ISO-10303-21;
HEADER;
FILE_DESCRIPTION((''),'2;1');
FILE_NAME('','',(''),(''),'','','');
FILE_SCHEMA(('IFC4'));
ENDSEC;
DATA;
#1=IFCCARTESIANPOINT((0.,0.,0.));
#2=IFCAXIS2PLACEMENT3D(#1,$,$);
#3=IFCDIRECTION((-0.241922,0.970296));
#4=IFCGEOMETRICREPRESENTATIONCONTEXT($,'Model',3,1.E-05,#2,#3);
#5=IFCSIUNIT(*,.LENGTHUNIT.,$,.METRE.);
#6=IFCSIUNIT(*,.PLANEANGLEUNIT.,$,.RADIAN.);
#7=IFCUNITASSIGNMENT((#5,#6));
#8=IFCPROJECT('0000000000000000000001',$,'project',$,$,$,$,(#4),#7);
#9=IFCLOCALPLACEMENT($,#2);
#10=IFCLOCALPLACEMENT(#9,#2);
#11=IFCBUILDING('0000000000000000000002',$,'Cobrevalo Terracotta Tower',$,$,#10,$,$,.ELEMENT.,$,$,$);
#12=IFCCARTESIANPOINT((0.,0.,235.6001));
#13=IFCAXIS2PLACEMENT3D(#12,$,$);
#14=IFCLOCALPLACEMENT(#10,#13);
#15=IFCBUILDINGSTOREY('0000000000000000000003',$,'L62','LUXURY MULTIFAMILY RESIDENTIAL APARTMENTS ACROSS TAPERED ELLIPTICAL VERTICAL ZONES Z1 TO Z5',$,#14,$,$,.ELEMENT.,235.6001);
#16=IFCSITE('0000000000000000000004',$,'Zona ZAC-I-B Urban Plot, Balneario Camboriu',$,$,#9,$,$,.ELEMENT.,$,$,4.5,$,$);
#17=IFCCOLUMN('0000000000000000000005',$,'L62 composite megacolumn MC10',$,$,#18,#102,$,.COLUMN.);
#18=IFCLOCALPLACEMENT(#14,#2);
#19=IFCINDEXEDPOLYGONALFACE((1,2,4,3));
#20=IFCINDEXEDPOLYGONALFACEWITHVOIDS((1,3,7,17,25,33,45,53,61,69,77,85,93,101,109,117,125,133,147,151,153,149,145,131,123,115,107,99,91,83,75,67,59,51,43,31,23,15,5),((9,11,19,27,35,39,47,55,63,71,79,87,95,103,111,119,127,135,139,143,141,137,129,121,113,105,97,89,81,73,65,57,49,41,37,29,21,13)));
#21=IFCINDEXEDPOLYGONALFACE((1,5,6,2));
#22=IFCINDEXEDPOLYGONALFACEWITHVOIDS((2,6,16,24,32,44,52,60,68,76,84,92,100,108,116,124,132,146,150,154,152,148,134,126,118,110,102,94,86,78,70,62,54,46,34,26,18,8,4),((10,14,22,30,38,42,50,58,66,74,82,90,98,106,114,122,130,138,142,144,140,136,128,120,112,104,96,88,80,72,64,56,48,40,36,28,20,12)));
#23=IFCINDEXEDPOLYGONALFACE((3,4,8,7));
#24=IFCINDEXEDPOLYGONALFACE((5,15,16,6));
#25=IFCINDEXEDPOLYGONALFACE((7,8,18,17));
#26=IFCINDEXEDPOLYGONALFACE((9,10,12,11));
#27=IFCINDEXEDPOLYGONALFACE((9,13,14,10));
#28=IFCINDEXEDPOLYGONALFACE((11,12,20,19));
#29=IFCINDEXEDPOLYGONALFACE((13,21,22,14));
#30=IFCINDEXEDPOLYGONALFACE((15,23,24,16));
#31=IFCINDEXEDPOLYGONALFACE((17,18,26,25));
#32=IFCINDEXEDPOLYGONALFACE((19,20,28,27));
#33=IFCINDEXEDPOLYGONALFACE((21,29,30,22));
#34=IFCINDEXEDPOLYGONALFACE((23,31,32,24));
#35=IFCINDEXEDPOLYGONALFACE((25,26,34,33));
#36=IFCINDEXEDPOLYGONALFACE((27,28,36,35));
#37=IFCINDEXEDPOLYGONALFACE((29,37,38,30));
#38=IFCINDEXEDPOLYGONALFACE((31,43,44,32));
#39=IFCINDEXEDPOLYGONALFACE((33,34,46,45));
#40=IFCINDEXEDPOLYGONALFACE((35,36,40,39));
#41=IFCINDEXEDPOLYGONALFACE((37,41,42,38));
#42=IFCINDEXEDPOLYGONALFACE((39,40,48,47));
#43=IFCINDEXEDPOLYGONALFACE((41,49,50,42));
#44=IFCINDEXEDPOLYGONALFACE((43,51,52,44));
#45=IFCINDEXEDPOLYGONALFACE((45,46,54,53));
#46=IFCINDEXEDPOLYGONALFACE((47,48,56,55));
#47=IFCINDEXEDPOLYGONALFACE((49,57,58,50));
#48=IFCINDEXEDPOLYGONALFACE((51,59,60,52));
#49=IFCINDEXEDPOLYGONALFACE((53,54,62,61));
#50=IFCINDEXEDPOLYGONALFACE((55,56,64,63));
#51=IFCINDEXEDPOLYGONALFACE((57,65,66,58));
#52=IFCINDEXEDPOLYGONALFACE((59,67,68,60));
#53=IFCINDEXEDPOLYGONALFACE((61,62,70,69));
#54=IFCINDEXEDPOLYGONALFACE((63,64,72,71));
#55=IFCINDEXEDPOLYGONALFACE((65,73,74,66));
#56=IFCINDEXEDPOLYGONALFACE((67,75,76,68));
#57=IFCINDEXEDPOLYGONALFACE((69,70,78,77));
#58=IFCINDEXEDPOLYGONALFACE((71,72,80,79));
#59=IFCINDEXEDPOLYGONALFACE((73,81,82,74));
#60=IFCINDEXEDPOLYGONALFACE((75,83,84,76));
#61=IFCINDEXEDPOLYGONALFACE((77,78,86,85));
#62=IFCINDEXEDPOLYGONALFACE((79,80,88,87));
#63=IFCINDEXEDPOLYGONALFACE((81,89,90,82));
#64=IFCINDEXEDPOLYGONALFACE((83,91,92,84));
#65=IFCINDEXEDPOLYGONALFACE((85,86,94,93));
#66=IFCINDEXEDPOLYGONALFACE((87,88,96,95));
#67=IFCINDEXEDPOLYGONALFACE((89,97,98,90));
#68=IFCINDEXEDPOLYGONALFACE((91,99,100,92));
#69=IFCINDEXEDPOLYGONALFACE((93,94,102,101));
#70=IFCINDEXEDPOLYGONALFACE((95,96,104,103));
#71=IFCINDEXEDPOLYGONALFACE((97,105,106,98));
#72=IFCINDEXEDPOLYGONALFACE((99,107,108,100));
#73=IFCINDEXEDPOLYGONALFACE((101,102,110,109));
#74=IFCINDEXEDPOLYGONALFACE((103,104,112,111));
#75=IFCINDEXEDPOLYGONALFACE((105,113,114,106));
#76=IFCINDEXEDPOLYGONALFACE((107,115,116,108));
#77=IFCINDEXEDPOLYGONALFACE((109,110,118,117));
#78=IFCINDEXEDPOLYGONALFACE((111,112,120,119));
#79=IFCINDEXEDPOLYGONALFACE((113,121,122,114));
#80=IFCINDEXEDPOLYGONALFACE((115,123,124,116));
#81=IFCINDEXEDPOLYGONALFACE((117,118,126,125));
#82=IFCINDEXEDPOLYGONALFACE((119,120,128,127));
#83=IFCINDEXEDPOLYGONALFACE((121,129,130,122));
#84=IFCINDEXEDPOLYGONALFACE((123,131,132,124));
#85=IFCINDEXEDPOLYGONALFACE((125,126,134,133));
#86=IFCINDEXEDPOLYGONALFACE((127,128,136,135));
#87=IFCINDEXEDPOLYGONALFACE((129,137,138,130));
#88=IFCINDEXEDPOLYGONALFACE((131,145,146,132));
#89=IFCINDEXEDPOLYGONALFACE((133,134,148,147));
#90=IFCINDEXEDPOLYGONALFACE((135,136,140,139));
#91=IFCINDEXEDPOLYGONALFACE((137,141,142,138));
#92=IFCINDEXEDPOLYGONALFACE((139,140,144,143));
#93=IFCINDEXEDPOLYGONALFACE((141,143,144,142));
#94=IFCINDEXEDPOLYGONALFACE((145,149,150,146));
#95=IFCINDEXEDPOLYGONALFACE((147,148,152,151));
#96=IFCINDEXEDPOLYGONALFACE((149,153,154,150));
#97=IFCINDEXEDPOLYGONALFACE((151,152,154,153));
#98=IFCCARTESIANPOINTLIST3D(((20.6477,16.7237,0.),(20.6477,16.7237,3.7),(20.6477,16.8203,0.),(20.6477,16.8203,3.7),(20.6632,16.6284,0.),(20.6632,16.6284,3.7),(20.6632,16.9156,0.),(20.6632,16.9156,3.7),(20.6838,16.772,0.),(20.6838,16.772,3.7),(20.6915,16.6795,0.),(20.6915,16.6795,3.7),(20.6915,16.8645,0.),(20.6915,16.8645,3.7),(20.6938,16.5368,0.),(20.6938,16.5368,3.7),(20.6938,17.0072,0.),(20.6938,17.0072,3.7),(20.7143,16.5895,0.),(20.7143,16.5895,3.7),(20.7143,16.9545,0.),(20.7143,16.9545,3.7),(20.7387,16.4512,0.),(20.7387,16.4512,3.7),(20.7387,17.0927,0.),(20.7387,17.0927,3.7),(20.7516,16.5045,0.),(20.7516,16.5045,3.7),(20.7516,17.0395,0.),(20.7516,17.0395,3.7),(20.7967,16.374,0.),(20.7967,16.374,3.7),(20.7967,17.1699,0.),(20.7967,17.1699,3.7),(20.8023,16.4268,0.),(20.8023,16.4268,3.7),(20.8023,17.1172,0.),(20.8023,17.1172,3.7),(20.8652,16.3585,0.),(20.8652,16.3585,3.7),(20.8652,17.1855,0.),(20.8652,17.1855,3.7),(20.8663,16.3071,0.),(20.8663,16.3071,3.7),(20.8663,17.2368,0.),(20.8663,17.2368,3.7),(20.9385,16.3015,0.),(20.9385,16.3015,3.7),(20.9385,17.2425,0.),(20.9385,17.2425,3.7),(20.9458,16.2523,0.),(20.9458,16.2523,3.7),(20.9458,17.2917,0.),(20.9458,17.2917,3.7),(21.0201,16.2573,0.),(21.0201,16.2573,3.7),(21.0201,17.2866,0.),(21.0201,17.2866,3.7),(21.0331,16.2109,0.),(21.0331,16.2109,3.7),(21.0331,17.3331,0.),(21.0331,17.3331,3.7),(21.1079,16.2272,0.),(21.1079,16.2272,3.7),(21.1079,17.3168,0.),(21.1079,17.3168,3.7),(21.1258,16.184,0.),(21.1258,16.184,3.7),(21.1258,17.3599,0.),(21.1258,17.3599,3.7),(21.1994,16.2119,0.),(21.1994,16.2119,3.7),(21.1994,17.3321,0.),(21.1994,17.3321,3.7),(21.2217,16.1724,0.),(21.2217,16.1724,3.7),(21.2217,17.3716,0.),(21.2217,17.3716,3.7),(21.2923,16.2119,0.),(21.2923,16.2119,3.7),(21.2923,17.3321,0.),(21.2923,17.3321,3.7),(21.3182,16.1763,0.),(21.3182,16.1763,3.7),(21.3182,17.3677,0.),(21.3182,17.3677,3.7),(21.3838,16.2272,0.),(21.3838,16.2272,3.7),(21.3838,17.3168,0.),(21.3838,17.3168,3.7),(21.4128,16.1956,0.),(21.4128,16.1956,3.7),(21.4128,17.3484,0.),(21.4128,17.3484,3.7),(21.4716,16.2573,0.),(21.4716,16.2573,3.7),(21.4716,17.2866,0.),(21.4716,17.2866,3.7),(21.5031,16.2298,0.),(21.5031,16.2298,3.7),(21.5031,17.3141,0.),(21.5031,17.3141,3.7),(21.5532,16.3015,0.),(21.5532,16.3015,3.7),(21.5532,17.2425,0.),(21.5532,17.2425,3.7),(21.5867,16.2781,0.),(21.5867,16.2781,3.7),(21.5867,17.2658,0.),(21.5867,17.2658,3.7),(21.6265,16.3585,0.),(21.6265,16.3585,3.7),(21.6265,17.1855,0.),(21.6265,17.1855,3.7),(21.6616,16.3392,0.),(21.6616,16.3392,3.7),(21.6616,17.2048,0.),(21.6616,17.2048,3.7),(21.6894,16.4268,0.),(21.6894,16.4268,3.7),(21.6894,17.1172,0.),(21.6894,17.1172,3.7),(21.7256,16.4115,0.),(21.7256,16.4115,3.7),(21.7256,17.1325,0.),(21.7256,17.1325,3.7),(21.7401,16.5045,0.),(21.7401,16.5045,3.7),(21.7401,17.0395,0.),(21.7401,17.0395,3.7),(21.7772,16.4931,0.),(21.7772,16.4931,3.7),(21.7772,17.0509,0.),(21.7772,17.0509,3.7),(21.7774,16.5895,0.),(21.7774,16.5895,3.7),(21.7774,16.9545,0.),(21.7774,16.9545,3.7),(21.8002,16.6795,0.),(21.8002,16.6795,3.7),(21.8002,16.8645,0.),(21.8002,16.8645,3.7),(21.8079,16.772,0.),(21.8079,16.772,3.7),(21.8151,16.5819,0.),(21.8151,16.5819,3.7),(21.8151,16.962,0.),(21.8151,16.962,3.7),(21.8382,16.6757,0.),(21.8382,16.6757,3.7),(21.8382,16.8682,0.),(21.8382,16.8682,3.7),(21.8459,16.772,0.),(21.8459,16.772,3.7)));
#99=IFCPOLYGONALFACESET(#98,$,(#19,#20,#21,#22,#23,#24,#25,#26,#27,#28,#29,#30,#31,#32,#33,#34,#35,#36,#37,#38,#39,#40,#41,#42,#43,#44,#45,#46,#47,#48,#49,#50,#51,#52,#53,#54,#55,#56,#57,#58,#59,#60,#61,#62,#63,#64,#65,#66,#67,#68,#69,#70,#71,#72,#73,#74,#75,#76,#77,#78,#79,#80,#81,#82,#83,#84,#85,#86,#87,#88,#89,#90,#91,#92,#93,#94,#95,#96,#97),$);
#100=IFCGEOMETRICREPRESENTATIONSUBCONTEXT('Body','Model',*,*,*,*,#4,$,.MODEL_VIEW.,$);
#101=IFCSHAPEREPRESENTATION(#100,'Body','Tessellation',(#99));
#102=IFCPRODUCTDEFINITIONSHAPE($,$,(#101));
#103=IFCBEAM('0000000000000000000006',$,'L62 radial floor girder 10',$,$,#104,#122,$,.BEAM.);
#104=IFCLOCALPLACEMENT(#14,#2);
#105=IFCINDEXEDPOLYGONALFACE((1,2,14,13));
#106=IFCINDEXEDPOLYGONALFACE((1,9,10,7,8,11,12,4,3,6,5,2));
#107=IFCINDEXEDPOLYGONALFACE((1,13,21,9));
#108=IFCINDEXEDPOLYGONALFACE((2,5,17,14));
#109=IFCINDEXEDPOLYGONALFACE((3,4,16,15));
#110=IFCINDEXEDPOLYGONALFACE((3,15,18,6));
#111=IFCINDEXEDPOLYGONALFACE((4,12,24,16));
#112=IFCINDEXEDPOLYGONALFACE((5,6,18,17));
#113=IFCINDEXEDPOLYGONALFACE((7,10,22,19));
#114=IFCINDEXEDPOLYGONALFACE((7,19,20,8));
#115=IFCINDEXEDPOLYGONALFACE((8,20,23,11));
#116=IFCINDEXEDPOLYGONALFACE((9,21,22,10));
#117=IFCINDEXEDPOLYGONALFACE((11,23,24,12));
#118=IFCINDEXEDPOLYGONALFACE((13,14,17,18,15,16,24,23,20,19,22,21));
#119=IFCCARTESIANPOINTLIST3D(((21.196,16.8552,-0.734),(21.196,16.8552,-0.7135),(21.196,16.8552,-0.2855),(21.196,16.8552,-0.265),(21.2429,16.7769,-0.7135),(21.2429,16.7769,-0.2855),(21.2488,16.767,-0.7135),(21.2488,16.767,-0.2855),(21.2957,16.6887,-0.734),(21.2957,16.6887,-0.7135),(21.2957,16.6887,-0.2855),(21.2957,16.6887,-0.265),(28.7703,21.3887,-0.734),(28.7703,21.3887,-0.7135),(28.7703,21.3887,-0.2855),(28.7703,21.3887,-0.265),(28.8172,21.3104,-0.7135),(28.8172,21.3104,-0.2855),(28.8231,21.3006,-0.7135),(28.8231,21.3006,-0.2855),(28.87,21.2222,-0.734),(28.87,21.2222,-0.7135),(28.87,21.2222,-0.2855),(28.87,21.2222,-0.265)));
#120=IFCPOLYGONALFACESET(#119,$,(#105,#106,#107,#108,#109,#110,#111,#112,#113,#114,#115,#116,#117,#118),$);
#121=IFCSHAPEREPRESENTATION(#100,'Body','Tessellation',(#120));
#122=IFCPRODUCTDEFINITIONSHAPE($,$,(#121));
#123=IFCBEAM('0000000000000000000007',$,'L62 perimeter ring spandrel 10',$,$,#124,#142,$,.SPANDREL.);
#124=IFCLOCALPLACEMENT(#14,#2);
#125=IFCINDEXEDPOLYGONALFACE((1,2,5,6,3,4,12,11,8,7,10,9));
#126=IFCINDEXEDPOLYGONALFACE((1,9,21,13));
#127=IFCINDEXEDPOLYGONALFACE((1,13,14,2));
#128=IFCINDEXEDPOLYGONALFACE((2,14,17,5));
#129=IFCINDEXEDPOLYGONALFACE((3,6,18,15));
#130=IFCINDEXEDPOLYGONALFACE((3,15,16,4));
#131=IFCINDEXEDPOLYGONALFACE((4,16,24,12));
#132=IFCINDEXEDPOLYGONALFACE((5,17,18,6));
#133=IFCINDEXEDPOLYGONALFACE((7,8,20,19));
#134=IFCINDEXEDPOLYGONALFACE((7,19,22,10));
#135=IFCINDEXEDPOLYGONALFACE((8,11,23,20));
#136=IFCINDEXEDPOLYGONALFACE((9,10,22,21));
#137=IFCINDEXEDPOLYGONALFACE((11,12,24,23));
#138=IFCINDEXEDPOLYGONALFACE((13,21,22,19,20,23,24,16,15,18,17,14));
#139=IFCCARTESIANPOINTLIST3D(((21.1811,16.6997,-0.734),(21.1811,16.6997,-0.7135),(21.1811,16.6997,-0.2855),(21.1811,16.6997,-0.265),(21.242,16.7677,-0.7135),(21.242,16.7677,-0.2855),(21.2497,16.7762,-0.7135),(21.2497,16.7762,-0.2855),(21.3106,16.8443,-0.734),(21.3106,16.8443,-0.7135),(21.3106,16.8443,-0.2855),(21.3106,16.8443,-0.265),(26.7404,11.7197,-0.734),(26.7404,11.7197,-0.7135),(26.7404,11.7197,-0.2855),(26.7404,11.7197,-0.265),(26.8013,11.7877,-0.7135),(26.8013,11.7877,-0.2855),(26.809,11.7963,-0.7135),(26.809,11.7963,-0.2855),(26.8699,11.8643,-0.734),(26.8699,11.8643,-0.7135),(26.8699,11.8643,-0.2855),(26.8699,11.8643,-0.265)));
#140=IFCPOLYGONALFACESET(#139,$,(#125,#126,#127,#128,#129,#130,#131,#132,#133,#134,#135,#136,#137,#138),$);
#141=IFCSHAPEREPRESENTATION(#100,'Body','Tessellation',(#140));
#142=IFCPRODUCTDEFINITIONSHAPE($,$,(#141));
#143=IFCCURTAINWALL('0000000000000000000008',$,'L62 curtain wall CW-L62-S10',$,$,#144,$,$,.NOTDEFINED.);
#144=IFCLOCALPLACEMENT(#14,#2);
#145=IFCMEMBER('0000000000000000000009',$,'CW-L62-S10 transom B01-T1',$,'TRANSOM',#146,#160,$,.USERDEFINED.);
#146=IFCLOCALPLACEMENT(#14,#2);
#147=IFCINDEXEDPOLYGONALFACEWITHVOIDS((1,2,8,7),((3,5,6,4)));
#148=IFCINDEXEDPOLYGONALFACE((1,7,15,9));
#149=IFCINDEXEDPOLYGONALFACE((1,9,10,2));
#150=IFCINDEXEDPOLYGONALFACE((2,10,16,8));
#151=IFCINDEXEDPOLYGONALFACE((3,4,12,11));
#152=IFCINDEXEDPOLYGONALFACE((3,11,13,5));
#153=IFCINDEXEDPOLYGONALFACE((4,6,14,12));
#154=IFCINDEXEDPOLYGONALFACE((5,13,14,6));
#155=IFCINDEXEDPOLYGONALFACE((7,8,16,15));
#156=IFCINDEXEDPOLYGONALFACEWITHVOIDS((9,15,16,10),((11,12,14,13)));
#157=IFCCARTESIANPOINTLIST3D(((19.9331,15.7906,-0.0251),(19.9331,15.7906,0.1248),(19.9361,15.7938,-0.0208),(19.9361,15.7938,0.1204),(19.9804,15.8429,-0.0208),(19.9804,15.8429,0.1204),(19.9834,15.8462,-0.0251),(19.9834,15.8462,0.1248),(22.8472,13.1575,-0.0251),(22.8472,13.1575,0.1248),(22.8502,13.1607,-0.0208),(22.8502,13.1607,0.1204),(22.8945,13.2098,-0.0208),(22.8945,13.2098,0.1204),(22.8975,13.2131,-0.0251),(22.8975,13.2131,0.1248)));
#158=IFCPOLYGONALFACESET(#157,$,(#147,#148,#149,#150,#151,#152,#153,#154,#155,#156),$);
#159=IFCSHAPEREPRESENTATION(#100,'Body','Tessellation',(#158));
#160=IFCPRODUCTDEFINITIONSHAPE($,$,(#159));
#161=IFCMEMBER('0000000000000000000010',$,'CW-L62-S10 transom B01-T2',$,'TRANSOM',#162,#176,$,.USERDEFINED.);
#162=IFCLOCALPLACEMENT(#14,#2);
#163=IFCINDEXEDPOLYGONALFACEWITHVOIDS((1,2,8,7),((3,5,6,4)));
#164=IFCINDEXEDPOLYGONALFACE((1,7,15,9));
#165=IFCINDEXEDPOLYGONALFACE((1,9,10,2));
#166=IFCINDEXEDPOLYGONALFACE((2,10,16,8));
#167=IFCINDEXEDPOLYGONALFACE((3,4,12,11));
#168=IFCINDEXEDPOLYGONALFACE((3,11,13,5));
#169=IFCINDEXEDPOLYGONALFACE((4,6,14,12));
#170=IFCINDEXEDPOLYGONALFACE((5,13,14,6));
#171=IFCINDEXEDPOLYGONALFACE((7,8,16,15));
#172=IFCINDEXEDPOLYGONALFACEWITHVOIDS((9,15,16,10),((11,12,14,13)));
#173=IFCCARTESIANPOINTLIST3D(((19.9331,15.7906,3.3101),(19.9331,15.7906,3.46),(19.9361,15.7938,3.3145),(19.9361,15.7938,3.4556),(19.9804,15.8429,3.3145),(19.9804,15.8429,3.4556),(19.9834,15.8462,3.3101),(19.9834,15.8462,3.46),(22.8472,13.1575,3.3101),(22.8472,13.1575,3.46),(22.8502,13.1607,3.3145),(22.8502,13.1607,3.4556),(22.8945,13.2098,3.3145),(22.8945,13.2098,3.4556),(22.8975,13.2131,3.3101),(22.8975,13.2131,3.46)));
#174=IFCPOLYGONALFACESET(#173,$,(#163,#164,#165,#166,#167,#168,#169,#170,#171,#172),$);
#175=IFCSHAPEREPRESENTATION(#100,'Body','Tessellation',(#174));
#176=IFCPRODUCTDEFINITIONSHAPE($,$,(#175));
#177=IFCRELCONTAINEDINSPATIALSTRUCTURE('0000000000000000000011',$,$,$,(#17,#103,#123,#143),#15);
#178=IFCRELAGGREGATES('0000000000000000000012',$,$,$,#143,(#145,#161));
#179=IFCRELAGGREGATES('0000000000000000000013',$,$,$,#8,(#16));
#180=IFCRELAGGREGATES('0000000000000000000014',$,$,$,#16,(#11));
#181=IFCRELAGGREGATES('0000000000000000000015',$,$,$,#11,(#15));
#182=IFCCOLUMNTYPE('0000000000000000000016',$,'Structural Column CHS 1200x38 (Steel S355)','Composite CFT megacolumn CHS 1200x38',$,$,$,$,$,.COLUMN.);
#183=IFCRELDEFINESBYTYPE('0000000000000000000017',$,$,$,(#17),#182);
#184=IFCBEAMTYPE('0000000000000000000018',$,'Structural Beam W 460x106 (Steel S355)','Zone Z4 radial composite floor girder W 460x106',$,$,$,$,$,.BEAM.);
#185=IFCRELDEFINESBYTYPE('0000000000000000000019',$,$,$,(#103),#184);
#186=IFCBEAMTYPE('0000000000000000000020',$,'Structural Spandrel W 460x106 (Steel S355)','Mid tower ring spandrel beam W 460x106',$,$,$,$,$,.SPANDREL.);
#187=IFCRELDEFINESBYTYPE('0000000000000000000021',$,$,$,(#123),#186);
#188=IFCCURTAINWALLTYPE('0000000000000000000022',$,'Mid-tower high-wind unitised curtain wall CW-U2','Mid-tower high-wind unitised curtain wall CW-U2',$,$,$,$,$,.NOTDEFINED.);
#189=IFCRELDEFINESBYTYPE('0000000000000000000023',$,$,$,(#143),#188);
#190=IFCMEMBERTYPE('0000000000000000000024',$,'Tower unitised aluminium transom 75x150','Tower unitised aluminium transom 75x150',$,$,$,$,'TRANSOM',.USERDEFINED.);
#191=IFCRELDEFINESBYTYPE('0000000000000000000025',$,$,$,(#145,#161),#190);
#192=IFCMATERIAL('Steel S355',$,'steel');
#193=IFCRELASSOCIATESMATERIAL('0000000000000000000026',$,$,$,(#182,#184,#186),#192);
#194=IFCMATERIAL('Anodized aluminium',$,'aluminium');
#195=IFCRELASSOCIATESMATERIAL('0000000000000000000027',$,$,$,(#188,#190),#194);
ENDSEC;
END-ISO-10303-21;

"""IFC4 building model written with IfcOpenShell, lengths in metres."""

from ifc_helpers import new_model, si_unit, direction, frame, origin, origin_2d, place, context, subcontext, project, spatial, hollow_rectangle, hollow_circle, i_section, extrude, source, transform, mapped, material, material_profile, profile_set, type_object, element, aggregate, save


model = new_model("IFC4")

# Units and contexts
model_context = context("Model", 3, precision=1e-05, world=origin(), true_north=direction((-0.241922, 0.970296)))
body_context = subcontext(model_context, "Body", "Model", "MODEL_VIEW")
ifc_project = project(units=[si_unit("LENGTHUNIT", "METRE"), si_unit("PLANEANGLEUNIT", "RADIAN")], contexts=[model_context])

# Site, building, storey
site_placement = place(None, origin())
site = spatial("IfcSite", under=ifc_project, at=site_placement, Name="Zona ZAC-I-B Urban Plot, Balneario Camboriu", CompositionType="ELEMENT", RefElevation=4.5)
building_placement = place(site_placement, origin())
building = spatial("IfcBuilding", under=site, at=building_placement, Name="Cobrevalo Terracotta Tower", CompositionType="ELEMENT")
storey_placement = place(building_placement, frame((0.0, 0.0, 235.6001)))
storey = spatial("IfcBuildingStorey", under=building, at=storey_placement, Name="L62", Description="LUXURY MULTIFAMILY RESIDENTIAL APARTMENTS ACROSS TAPERED ELLIPTICAL VERTICAL ZONES Z1 TO Z5", CompositionType="ELEMENT", Elevation=235.6001)

# Column
ifc_material_1 = material(Name="Steel S355", Category="steel")
ifc_material_profile_1 = material_profile(ifc_material_1, hollow_circle(Radius=0.6001, WallThickness=0.0381, at=origin_2d()), Name="CHS 1200x38")
ifc_profile_set_1 = profile_set([ifc_material_profile_1], Name="Steel S355")
column_type = type_object("IfcColumnType", Name="Structural Column CHS 1200x38 (Steel S355)", Description="Composite CFT megacolumn CHS 1200x38", PredefinedType="COLUMN", material=ifc_profile_set_1)
column_placement = place(storey_placement, frame((21.2458, 16.772, 0.0), z_axis=(0.0, 0.0, 1.0), x_axis=(1.0, 0.0, 0.0)))
element("IfcColumn", 1, at=column_placement, inside=storey, type_object=column_type, Name="L62 composite megacolumn MC10", PredefinedType="COLUMN", context=body_context, shape_type="SweptSolid", body=[
    extrude(hollow_circle(Radius=0.6001, WallThickness=0.0381, at=origin_2d()), origin(), (0.0, 0.0, 1.0), 3.7),
])

# Beams
ifc_material_profile_2 = material_profile(ifc_material_1, i_section(OverallWidth=0.1941, OverallDepth=0.469, WebThickness=0.0115, FlangeThickness=0.0205, at=origin_2d()), Name="W 460x106")
ifc_profile_set_2 = profile_set([ifc_material_profile_2], Name="Steel S355")
beam_type_1 = type_object("IfcBeamType", Name="Structural Beam W 460x106 (Steel S355)", Description="Zone Z4 radial composite floor girder W 460x106", PredefinedType="BEAM", material=ifc_profile_set_2)
beam_1_placement = place(storey_placement, frame((21.2458, 16.772, -0.4995), z_axis=(0.858046, 0.513572, 0.0), x_axis=(-0.513572, 0.858046, 0.0)))
element("IfcBeam", 2, at=beam_1_placement, inside=storey, type_object=beam_type_1, Name="L62 radial floor girder 10", PredefinedType="BEAM", context=body_context, shape_type="SweptSolid", body=[
    extrude(i_section(OverallWidth=0.1941, OverallDepth=0.469, WebThickness=0.0115, FlangeThickness=0.0205, at=origin_2d()), origin(), (0.0, 0.0, 1.0), 8.8274),
])
ifc_material_profile_3 = material_profile(ifc_material_1, i_section(OverallWidth=0.1941, OverallDepth=0.469, WebThickness=0.0115, FlangeThickness=0.0205, at=origin_2d()), Name="W 460x106")
ifc_profile_set_3 = profile_set([ifc_material_profile_3], Name="Steel S355")
beam_type_2 = type_object("IfcBeamType", Name="Structural Spandrel W 460x106 (Steel S355)", Description="Mid tower ring spandrel beam W 460x106", PredefinedType="SPANDREL", material=ifc_profile_set_3)
beam_2_placement = place(storey_placement, frame((21.2458, 16.772, -0.4995), z_axis=(0.744852, -0.66723, 0.0), x_axis=(0.66723, 0.744852, 0.0)))
element("IfcBeam", 3, at=beam_2_placement, inside=storey, type_object=beam_type_2, Name="L62 perimeter ring spandrel 10", PredefinedType="SPANDREL", context=body_context, shape_type="SweptSolid", body=[
    extrude(i_section(OverallWidth=0.1941, OverallDepth=0.469, WebThickness=0.0115, FlangeThickness=0.0205, at=origin_2d()), origin(), (0.0, 0.0, 1.0), 7.4636),
])

# Curtain wall, members
ifc_material_2 = material(Name="Anodized aluminium", Category="aluminium")
curtain_wall_type = type_object("IfcCurtainWallType", Name="Mid-tower high-wind unitised curtain wall CW-U2", Description="Mid-tower high-wind unitised curtain wall CW-U2", PredefinedType="NOTDEFINED", material=ifc_material_2)
curtain_wall_placement = place(storey_placement, origin())
curtain_wall = element("IfcCurtainWall", 4, at=curtain_wall_placement, inside=storey, type_object=curtain_wall_type, Name="L62 curtain wall CW-L62-S10", PredefinedType="NOTDEFINED")
ifc_material_profile_4 = material_profile(ifc_material_2, hollow_rectangle(XDim=0.075, YDim=0.1499, WallThickness=0.0044, at=origin_2d()), Name="CWT 75x150")
ifc_profile_set_4 = profile_set([ifc_material_profile_4], Name="Anodized aluminium")
member_type_1 = type_object("IfcMemberType", Name="Tower unitised aluminium transom 75x150", Description="Tower unitised aluminium transom 75x150", ElementType="TRANSOM", PredefinedType="USERDEFINED", material=ifc_profile_set_4)
shared_shape_1 = source(origin(), body_context, "Body", "SweptSolid", [
    extrude(hollow_rectangle(XDim=0.075, YDim=0.1499, WallThickness=0.0044, at=origin_2d()), origin(), (0.0, 0.0, 1.0), 3.9275),
])
member_1_placement = place(storey_placement, frame((19.9583, 15.8184, 0.0498), z_axis=(0.741976, -0.670426, 0.0), x_axis=(0.670426, 0.741976, 0.0)))
member_1 = element("IfcMember", 5, at=member_1_placement, type_object=member_type_1, Name="CW-L62-S10 transom B01-T1", ObjectType="TRANSOM", PredefinedType="USERDEFINED", context=body_context, shape_type="MappedRepresentation", body=[
    mapped(shared_shape_1, transform((0.0, 0.0, 0.0), scale=1.0)),
])
member_2_placement = place(storey_placement, frame((19.9583, 15.8184, 3.385), z_axis=(0.741976, -0.670426, 0.0), x_axis=(0.670426, 0.741976, 0.0)))
member_2 = element("IfcMember", 6, at=member_2_placement, type_object=member_type_1, Name="CW-L62-S10 transom B01-T2", ObjectType="TRANSOM", PredefinedType="USERDEFINED", context=body_context, shape_type="MappedRepresentation", body=[
    mapped(shared_shape_1, transform((0.0, 0.0, 0.0), scale=1.0)),
])

aggregate(curtain_wall, [member_1, member_2])

save(model, "model.ifc")
